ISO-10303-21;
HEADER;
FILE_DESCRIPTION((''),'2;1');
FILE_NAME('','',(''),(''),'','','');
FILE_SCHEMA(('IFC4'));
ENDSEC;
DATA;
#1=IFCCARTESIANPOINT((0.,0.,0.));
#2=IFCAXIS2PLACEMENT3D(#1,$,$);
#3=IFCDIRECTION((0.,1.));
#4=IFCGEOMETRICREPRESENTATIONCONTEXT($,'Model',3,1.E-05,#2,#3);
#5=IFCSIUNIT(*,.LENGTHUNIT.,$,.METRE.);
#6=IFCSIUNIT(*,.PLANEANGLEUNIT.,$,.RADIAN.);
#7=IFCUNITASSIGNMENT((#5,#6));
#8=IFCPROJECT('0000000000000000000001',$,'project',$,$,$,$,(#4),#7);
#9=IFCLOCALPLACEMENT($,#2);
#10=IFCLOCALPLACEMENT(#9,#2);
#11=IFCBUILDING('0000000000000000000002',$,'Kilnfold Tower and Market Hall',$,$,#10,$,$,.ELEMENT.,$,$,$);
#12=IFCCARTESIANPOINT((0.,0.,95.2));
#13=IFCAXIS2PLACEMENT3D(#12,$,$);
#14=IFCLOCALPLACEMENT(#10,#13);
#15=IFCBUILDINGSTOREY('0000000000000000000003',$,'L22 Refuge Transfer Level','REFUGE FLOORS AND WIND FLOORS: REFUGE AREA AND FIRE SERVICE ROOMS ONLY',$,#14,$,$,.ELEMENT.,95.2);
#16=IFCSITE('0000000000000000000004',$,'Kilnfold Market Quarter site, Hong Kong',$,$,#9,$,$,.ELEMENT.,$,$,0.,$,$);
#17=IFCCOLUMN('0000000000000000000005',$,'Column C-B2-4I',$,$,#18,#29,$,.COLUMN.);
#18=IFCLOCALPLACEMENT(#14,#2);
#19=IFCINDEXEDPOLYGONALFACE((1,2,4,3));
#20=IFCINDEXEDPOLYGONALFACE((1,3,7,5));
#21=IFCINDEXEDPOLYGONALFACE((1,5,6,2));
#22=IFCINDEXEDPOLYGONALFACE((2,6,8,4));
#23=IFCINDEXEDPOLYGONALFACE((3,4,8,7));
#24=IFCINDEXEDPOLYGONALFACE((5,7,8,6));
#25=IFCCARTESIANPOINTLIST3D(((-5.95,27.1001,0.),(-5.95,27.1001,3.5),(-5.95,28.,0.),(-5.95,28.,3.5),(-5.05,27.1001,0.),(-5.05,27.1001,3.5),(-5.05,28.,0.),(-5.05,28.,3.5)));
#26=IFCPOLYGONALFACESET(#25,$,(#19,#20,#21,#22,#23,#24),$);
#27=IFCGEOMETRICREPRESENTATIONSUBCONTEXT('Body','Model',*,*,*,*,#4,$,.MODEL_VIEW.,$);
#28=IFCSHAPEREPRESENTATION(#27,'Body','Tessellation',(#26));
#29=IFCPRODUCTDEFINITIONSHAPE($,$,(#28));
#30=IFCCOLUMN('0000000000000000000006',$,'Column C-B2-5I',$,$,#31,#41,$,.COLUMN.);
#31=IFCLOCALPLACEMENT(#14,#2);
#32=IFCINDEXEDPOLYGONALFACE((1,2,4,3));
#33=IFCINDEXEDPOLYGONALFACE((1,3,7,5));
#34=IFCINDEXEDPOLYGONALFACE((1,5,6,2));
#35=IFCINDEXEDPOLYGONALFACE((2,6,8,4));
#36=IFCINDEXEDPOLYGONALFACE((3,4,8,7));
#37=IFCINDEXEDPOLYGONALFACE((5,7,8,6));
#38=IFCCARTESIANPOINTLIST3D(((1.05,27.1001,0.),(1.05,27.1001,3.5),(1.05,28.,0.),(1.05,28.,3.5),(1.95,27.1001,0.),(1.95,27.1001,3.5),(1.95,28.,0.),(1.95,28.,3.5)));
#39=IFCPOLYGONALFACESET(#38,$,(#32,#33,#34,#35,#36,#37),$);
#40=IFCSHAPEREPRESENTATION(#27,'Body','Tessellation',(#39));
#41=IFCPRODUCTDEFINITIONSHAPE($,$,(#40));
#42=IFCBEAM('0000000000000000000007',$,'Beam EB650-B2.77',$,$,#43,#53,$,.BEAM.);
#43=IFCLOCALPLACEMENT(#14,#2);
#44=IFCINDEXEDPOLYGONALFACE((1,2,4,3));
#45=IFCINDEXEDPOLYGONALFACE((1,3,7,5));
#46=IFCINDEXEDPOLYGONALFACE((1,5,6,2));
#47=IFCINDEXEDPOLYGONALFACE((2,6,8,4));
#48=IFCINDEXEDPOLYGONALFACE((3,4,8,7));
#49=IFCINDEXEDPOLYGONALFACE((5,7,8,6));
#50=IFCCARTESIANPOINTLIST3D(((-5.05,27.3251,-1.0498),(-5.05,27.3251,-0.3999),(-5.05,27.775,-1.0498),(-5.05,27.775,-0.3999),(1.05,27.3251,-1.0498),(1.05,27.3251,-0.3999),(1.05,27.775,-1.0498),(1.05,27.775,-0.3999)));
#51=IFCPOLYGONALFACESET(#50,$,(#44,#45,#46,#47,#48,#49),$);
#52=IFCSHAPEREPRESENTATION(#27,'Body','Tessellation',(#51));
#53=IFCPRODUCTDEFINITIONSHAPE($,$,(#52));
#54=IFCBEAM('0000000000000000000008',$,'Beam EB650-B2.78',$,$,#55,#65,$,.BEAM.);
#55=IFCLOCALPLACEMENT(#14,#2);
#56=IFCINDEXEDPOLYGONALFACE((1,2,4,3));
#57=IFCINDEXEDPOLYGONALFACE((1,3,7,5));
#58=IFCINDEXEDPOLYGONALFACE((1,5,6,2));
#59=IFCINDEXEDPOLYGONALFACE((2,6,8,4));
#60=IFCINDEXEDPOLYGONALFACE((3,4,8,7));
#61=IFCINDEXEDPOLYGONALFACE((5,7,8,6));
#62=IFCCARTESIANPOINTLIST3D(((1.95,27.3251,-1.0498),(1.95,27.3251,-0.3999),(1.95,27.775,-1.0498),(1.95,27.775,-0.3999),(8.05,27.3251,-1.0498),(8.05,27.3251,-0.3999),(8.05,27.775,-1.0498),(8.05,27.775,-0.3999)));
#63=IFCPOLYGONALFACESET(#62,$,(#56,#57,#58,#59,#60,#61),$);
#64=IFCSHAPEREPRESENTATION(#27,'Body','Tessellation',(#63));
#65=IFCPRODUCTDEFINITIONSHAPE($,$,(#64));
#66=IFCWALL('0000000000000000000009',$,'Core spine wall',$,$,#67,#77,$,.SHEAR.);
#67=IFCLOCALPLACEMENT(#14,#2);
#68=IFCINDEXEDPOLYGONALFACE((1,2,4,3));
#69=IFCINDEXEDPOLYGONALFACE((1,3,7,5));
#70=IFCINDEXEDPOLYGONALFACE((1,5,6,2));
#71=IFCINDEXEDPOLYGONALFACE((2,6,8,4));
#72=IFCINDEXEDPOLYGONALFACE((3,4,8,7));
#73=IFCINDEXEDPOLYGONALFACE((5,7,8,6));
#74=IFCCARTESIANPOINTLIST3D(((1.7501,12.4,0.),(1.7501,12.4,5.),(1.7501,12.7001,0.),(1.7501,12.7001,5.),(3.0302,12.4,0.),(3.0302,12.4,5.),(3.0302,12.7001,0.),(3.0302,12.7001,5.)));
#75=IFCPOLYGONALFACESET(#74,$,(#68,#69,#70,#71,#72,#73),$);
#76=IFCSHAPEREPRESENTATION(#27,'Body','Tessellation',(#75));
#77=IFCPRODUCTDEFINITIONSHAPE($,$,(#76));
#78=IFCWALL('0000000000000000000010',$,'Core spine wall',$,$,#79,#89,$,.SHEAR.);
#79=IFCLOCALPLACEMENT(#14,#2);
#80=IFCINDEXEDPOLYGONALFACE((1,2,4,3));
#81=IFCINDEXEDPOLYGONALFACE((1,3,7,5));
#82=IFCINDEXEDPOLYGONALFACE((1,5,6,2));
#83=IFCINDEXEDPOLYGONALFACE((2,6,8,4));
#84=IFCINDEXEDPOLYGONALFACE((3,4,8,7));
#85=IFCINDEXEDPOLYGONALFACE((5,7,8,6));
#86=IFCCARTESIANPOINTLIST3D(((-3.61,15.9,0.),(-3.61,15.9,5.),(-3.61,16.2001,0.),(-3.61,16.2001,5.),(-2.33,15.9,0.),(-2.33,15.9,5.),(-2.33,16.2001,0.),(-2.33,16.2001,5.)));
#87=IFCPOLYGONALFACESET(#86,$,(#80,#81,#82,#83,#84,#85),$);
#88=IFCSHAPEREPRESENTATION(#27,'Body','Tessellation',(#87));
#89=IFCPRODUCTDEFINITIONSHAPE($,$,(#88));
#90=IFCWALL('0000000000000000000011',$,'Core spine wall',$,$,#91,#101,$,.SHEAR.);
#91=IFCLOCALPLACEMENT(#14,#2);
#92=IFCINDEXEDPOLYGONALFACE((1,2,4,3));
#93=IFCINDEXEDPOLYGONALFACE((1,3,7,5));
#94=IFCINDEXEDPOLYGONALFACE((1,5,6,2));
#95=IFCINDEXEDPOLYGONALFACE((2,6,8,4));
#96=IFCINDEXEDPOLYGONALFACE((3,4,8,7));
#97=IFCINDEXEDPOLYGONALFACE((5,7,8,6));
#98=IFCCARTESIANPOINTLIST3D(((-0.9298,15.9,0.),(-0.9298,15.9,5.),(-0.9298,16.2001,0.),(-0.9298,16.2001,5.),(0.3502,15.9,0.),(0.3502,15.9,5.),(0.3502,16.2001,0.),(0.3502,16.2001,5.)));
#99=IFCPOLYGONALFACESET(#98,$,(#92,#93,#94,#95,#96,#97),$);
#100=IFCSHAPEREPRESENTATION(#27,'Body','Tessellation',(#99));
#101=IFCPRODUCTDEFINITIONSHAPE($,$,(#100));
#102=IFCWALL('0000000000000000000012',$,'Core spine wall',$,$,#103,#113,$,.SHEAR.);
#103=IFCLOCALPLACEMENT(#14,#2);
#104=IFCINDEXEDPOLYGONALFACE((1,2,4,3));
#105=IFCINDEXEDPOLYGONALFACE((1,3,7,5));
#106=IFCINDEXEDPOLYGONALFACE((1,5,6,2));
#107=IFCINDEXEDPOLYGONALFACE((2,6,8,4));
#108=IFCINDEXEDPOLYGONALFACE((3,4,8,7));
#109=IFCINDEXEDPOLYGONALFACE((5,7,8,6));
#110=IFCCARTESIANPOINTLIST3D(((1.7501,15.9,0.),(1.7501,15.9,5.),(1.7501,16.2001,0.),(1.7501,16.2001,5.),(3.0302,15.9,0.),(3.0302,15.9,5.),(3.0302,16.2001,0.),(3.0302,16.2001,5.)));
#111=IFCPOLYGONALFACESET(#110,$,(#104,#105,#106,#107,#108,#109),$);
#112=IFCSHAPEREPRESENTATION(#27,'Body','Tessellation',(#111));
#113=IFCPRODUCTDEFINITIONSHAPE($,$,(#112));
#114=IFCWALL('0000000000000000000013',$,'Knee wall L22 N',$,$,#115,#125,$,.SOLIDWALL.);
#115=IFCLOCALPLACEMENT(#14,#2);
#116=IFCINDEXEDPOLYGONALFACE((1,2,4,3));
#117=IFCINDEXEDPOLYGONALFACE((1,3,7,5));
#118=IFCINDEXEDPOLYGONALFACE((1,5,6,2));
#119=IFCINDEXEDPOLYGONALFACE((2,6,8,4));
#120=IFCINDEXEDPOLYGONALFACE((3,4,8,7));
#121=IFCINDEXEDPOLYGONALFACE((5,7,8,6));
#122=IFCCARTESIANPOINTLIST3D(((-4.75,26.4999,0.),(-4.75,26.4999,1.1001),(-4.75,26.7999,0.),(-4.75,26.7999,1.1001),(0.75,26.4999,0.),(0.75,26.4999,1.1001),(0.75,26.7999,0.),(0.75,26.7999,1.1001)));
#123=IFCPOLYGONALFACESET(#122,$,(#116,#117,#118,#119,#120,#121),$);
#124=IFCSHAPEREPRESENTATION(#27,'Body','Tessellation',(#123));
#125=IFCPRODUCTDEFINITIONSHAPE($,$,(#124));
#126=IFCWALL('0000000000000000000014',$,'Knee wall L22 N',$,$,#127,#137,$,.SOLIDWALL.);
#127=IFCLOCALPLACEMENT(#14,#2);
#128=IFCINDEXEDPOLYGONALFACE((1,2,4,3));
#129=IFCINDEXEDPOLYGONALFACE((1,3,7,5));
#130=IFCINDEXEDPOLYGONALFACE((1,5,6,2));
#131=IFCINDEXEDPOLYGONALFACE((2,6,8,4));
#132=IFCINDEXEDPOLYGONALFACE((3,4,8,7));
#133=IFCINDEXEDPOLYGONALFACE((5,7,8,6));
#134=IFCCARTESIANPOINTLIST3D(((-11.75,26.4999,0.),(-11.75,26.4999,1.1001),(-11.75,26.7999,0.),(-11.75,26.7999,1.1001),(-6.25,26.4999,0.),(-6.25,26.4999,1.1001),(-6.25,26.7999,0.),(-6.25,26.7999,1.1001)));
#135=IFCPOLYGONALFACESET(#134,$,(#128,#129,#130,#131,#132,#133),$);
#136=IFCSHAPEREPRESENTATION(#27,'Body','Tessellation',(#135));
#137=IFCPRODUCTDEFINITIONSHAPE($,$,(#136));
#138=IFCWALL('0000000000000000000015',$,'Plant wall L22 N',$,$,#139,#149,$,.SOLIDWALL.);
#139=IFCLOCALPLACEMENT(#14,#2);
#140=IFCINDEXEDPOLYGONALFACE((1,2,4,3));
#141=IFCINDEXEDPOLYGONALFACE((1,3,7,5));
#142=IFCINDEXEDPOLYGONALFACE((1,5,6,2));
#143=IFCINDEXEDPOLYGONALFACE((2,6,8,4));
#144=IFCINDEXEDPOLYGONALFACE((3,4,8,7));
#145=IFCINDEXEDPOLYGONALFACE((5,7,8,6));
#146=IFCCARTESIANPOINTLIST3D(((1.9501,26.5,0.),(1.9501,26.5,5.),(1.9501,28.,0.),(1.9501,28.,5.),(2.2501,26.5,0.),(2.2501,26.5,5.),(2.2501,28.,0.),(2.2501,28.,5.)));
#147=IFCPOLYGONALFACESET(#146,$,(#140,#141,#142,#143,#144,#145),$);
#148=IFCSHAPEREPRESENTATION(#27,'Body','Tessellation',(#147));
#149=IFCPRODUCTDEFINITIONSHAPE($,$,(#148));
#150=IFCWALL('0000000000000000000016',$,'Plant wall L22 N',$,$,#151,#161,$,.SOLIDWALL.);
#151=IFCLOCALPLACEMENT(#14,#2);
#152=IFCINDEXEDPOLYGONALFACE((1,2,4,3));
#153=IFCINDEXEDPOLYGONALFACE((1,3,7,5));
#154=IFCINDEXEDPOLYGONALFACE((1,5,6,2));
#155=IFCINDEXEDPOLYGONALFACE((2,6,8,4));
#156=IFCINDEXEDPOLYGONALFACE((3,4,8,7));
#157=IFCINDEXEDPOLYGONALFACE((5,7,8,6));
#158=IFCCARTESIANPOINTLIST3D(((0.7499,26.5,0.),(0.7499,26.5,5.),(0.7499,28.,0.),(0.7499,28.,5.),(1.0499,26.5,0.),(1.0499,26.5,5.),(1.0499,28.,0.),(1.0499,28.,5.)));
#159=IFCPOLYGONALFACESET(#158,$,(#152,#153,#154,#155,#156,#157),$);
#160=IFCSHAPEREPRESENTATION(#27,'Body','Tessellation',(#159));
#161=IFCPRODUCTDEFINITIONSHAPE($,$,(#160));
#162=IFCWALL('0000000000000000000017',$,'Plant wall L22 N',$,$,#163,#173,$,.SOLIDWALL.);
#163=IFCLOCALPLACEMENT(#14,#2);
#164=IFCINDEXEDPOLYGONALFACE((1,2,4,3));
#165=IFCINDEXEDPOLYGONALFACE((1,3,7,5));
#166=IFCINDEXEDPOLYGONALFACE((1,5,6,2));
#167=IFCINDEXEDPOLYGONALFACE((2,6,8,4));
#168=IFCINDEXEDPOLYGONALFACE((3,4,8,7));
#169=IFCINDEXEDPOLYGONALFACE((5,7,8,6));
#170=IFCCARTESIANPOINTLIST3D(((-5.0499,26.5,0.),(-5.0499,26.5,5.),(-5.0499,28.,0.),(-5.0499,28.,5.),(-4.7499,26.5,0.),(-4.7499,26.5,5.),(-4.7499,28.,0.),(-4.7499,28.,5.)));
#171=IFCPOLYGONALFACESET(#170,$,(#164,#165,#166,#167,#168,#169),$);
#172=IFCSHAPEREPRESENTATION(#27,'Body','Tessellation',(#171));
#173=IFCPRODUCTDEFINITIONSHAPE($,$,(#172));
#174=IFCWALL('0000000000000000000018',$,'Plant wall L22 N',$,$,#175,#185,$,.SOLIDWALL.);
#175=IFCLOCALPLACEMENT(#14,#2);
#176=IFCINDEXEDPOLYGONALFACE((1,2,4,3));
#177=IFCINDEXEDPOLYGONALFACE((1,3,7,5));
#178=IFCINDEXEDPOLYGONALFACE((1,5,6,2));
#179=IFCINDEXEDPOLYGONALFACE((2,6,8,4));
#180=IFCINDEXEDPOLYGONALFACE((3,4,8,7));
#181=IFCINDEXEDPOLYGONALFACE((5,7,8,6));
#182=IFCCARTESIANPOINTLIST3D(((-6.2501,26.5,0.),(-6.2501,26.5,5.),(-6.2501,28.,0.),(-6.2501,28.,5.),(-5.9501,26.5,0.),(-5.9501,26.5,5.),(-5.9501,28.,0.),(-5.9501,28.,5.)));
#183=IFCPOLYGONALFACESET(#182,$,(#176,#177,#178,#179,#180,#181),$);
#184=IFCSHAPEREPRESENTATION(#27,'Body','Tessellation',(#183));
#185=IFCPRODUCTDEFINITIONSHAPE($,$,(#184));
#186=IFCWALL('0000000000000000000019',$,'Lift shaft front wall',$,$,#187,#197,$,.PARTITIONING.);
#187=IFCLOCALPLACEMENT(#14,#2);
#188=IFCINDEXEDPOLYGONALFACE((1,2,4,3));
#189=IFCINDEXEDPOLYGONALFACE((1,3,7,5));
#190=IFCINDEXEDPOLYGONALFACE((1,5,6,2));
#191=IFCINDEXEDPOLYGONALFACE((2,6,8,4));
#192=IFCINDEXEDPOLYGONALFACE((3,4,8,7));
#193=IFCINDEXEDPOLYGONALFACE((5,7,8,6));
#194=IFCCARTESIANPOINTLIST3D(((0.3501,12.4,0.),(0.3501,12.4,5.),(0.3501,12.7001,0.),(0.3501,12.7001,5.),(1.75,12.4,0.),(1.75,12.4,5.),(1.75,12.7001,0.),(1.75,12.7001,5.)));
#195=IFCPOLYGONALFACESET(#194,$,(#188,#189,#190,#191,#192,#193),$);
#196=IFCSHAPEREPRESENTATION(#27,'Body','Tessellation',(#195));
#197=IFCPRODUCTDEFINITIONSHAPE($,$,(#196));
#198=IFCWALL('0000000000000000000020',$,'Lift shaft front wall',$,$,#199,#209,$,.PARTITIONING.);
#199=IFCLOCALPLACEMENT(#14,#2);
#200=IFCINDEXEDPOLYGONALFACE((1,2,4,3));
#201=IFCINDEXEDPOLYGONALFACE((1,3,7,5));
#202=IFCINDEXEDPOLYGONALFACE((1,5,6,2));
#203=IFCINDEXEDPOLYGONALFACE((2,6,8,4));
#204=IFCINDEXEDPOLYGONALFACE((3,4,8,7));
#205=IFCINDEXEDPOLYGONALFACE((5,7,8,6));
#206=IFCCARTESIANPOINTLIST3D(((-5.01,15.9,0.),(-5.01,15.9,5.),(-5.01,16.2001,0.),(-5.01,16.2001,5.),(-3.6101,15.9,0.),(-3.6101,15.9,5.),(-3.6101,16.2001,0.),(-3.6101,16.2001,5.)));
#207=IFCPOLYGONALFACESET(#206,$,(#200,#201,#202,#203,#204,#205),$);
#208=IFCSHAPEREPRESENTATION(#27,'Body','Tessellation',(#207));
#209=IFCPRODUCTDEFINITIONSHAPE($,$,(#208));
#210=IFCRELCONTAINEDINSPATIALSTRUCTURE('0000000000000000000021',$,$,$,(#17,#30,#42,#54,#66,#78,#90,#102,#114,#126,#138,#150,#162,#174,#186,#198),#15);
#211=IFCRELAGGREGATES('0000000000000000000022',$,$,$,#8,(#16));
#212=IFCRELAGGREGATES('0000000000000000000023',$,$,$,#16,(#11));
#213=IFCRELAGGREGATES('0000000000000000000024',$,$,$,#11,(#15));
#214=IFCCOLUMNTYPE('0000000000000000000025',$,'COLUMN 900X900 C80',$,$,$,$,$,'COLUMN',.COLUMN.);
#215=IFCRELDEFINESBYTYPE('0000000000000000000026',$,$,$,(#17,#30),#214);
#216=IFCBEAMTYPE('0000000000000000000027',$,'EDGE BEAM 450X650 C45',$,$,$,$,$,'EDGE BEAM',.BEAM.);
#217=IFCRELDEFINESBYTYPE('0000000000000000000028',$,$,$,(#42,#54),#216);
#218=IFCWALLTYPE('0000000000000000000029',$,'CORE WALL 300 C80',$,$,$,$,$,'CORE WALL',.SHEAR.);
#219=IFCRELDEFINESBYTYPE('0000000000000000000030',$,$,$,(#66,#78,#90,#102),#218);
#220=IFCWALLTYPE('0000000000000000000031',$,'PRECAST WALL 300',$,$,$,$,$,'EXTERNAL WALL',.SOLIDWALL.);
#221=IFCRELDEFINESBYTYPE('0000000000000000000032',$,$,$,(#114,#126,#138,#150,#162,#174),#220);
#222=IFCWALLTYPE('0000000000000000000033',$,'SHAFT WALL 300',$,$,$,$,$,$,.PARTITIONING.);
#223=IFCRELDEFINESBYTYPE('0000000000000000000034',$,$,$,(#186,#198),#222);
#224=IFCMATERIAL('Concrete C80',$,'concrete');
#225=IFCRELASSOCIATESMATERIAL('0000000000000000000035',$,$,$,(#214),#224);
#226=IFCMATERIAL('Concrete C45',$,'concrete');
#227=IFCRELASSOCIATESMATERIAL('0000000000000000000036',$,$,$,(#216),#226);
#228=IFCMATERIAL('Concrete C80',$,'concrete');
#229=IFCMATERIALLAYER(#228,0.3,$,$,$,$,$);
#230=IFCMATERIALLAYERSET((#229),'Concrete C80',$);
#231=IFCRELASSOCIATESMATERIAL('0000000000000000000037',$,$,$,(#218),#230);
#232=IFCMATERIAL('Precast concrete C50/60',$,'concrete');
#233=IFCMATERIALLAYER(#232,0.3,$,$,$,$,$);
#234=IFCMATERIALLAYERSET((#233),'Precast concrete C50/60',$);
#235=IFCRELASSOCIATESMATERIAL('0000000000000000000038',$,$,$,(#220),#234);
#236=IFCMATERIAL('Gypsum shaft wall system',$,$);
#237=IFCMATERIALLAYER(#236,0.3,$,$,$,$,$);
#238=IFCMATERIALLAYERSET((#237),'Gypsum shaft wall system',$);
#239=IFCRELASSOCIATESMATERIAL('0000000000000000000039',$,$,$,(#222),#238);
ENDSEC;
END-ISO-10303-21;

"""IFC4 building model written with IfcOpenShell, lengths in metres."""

from ifc_helpers import new_model, si_unit, direction, frame, frame_2d, origin, origin_2d, place, context, subcontext, project, spatial, rectangle, extrude, source, transform, mapped, material, layer, layer_set, material_profile, profile_set, type_object, element, save


model = new_model("IFC4")

# Units and contexts
model_context = context("Model", 3, precision=1e-05, world=origin(), true_north=direction((0.0, 1.0)))
body_context = subcontext(model_context, "Body", "Model", "MODEL_VIEW")
ifc_project = project(units=[si_unit("LENGTHUNIT", "METRE"), si_unit("PLANEANGLEUNIT", "RADIAN")], contexts=[model_context])

# Site, building, storey
site_placement = place(None, origin())
site = spatial("IfcSite", under=ifc_project, at=site_placement, Name="Kilnfold Market Quarter site, Hong Kong", CompositionType="ELEMENT", RefElevation=0.0)
building_placement = place(site_placement, origin())
building = spatial("IfcBuilding", under=site, at=building_placement, Name="Kilnfold Tower and Market Hall", CompositionType="ELEMENT")
storey_placement = place(building_placement, frame((0.0, 0.0, 95.2)))
storey = spatial("IfcBuildingStorey", under=building, at=storey_placement, Name="L22 Refuge Transfer Level", Description="REFUGE FLOORS AND WIND FLOORS: REFUGE AREA AND FIRE SERVICE ROOMS ONLY", CompositionType="ELEMENT", Elevation=95.2)

# Columns
ifc_material_1 = material(Name="Concrete C80", Category="concrete")
ifc_material_profile_1 = material_profile(ifc_material_1, rectangle(XDim=0.8999, YDim=0.8999, at=origin_2d()), Name="RC 900x900")
ifc_profile_set_1 = profile_set([ifc_material_profile_1], Name="Concrete C80")
column_type = type_object("IfcColumnType", Name="COLUMN 900X900 C80", ElementType="COLUMN", PredefinedType="COLUMN", material=ifc_profile_set_1)
shared_shape_1 = source(origin(), body_context, "Body", "SweptSolid", [
    extrude(rectangle(XDim=0.8999, YDim=0.8999, at=origin_2d()), origin(), (0.0, 0.0, 1.0), 3.5),
])
for number, where, z_axis, x_axis, name in (
    (1, (-5.5, 27.55, 0.0), (0.0, 0.0, 1.0), (1.0, 0.0, 0.0), "Column C-B2-4I"),
    (2, (1.5, 27.55, 0.0), (0.0, 0.0, 1.0), (1.0, 0.0, 0.0), "Column C-B2-5I"),
):
    element("IfcColumn", number, at=place(storey_placement, frame(where, z_axis=z_axis, x_axis=x_axis)), inside=storey, type_object=column_type, Name=name, PredefinedType="COLUMN", context=body_context, shape_type="MappedRepresentation", body=[
        mapped(shared_shape_1, transform((0.0, 0.0, 0.0))),
    ])

# Beams
ifc_material_2 = material(Name="Concrete C45", Category="concrete")
ifc_material_profile_2 = material_profile(ifc_material_2, rectangle(XDim=0.45, YDim=0.6499, at=origin_2d()), Name="RC 450x650")
ifc_profile_set_2 = profile_set([ifc_material_profile_2], Name="Concrete C45")
beam_type = type_object("IfcBeamType", Name="EDGE BEAM 450X650 C45", ElementType="EDGE BEAM", PredefinedType="BEAM", material=ifc_profile_set_2)
shared_shape_2 = source(origin(), body_context, "Body", "SweptSolid", [
    extrude(rectangle(XDim=0.45, YDim=0.6499, at=origin_2d()), origin(), (0.0, 0.0, 1.0), 6.1001),
])
for number, where, z_axis, x_axis, name in (
    (3, (-5.05, 27.55, -0.7249), (1.0, 0.0, 0.0), (0.0, 1.0, 0.0), "Beam EB650-B2.77"),
    (4, (1.95, 27.55, -0.7249), (1.0, 0.0, 0.0), (0.0, 1.0, 0.0), "Beam EB650-B2.78"),
):
    element("IfcBeam", number, at=place(storey_placement, frame(where, z_axis=z_axis, x_axis=x_axis)), inside=storey, type_object=beam_type, Name=name, PredefinedType="BEAM", context=body_context, shape_type="MappedRepresentation", body=[
        mapped(shared_shape_2, transform((0.0, 0.0, 0.0))),
    ])

# Walls
ifc_material_3 = material(Name="Concrete C80", Category="concrete")
ifc_layer_1 = layer(ifc_material_3, 0.3)
ifc_layer_set_1 = layer_set([ifc_layer_1], Name="Concrete C80")
wall_type_1 = type_object("IfcWallType", Name="CORE WALL 300 C80", ElementType="CORE WALL", PredefinedType="SHEAR", material=ifc_layer_set_1)
shared_shape_3 = source(origin(), body_context, "Body", "SweptSolid", [
    extrude(rectangle(XDim=1.28, YDim=0.3, at=frame_2d((0.6401, 0.0))), origin(), (0.0, 0.0, 1.0), 5.0),
])
for number, where, z_axis, x_axis, name in (
    (5, (1.75, 12.55, 0.0), (0.0, 0.0, 1.0), (1.0, 0.0, 0.0), "Core spine wall"),
    (6, (-3.6101, 16.05, 0.0), (0.0, 0.0, 1.0), (1.0, 0.0, 0.0), "Core spine wall"),
    (7, (-0.9299, 16.05, 0.0), (0.0, 0.0, 1.0), (1.0, 0.0, 0.0), "Core spine wall"),
    (8, (1.75, 16.05, 0.0), (0.0, 0.0, 1.0), (1.0, 0.0, 0.0), "Core spine wall"),
):
    element("IfcWall", number, at=place(storey_placement, frame(where, z_axis=z_axis, x_axis=x_axis)), inside=storey, type_object=wall_type_1, Name=name, PredefinedType="SHEAR", context=body_context, shape_type="MappedRepresentation", body=[
        mapped(shared_shape_3, transform((0.0, 0.0, 0.0))),
    ])
ifc_material_4 = material(Name="Precast concrete C50/60", Category="concrete")
ifc_layer_2 = layer(ifc_material_4, 0.3)
ifc_layer_set_2 = layer_set([ifc_layer_2], Name="Precast concrete C50/60")
wall_type_2 = type_object("IfcWallType", Name="PRECAST WALL 300", ElementType="EXTERNAL WALL", PredefinedType="SOLIDWALL", material=ifc_layer_set_2)
shared_shape_4 = source(origin(), body_context, "Body", "SweptSolid", [
    extrude(rectangle(XDim=5.5, YDim=0.3, at=frame_2d((2.75, 0.0))), origin(), (0.0, 0.0, 1.0), 1.1001),
])
for number, where, z_axis, x_axis, name in (
    (9, (0.75, 26.6499, 0.0), (0.0, 0.0, 1.0), (-1.0, 0.0, 0.0), "Knee wall L22 N"),
    (10, (-6.25, 26.6499, 0.0), (0.0, 0.0, 1.0), (-1.0, 0.0, 0.0), "Knee wall L22 N"),
):
    element("IfcWall", number, at=place(storey_placement, frame(where, z_axis=z_axis, x_axis=x_axis)), inside=storey, type_object=wall_type_2, Name=name, PredefinedType="SOLIDWALL", context=body_context, shape_type="MappedRepresentation", body=[
        mapped(shared_shape_4, transform((0.0, 0.0, 0.0))),
    ])
shared_shape_5 = source(origin(), body_context, "Body", "SweptSolid", [
    extrude(rectangle(XDim=1.5, YDim=0.3, at=frame_2d((0.75, 0.0))), origin(), (0.0, 0.0, 1.0), 5.0),
])
for number, where, z_axis, x_axis, name in (
    (11, (2.1001, 28.0, 0.0), (0.0, 0.0, 1.0), (0.0, -1.0, 0.0), "Plant wall L22 N"),
    (12, (0.8999, 28.0, 0.0), (0.0, 0.0, 1.0), (0.0, -1.0, 0.0), "Plant wall L22 N"),
    (13, (-4.8999, 28.0, 0.0), (0.0, 0.0, 1.0), (0.0, -1.0, 0.0), "Plant wall L22 N"),
    (14, (-6.1001, 28.0, 0.0), (0.0, 0.0, 1.0), (0.0, -1.0, 0.0), "Plant wall L22 N"),
):
    element("IfcWall", number, at=place(storey_placement, frame(where, z_axis=z_axis, x_axis=x_axis)), inside=storey, type_object=wall_type_2, Name=name, PredefinedType="SOLIDWALL", context=body_context, shape_type="MappedRepresentation", body=[
        mapped(shared_shape_5, transform((0.0, 0.0, 0.0))),
    ])
ifc_material_5 = material(Name="Gypsum shaft wall system")
ifc_layer_3 = layer(ifc_material_5, 0.3)
ifc_layer_set_3 = layer_set([ifc_layer_3], Name="Gypsum shaft wall system")
wall_type_3 = type_object("IfcWallType", Name="SHAFT WALL 300", PredefinedType="PARTITIONING", material=ifc_layer_set_3)
shared_shape_6 = source(origin(), body_context, "Body", "SweptSolid", [
    extrude(rectangle(XDim=1.3999, YDim=0.3, at=frame_2d((0.7, 0.0))), origin(), (0.0, 0.0, 1.0), 5.0),
])
for number, where, z_axis, x_axis, name in (
    (15, (0.3501, 12.55, 0.0), (0.0, 0.0, 1.0), (1.0, 0.0, 0.0), "Lift shaft front wall"),
    (16, (-5.01, 16.05, 0.0), (0.0, 0.0, 1.0), (1.0, 0.0, 0.0), "Lift shaft front wall"),
):
    element("IfcWall", number, at=place(storey_placement, frame(where, z_axis=z_axis, x_axis=x_axis)), inside=storey, type_object=wall_type_3, Name=name, PredefinedType="PARTITIONING", context=body_context, shape_type="MappedRepresentation", body=[
        mapped(shared_shape_6, transform((0.0, 0.0, 0.0))),
    ])

save(model, "model.ifc")
